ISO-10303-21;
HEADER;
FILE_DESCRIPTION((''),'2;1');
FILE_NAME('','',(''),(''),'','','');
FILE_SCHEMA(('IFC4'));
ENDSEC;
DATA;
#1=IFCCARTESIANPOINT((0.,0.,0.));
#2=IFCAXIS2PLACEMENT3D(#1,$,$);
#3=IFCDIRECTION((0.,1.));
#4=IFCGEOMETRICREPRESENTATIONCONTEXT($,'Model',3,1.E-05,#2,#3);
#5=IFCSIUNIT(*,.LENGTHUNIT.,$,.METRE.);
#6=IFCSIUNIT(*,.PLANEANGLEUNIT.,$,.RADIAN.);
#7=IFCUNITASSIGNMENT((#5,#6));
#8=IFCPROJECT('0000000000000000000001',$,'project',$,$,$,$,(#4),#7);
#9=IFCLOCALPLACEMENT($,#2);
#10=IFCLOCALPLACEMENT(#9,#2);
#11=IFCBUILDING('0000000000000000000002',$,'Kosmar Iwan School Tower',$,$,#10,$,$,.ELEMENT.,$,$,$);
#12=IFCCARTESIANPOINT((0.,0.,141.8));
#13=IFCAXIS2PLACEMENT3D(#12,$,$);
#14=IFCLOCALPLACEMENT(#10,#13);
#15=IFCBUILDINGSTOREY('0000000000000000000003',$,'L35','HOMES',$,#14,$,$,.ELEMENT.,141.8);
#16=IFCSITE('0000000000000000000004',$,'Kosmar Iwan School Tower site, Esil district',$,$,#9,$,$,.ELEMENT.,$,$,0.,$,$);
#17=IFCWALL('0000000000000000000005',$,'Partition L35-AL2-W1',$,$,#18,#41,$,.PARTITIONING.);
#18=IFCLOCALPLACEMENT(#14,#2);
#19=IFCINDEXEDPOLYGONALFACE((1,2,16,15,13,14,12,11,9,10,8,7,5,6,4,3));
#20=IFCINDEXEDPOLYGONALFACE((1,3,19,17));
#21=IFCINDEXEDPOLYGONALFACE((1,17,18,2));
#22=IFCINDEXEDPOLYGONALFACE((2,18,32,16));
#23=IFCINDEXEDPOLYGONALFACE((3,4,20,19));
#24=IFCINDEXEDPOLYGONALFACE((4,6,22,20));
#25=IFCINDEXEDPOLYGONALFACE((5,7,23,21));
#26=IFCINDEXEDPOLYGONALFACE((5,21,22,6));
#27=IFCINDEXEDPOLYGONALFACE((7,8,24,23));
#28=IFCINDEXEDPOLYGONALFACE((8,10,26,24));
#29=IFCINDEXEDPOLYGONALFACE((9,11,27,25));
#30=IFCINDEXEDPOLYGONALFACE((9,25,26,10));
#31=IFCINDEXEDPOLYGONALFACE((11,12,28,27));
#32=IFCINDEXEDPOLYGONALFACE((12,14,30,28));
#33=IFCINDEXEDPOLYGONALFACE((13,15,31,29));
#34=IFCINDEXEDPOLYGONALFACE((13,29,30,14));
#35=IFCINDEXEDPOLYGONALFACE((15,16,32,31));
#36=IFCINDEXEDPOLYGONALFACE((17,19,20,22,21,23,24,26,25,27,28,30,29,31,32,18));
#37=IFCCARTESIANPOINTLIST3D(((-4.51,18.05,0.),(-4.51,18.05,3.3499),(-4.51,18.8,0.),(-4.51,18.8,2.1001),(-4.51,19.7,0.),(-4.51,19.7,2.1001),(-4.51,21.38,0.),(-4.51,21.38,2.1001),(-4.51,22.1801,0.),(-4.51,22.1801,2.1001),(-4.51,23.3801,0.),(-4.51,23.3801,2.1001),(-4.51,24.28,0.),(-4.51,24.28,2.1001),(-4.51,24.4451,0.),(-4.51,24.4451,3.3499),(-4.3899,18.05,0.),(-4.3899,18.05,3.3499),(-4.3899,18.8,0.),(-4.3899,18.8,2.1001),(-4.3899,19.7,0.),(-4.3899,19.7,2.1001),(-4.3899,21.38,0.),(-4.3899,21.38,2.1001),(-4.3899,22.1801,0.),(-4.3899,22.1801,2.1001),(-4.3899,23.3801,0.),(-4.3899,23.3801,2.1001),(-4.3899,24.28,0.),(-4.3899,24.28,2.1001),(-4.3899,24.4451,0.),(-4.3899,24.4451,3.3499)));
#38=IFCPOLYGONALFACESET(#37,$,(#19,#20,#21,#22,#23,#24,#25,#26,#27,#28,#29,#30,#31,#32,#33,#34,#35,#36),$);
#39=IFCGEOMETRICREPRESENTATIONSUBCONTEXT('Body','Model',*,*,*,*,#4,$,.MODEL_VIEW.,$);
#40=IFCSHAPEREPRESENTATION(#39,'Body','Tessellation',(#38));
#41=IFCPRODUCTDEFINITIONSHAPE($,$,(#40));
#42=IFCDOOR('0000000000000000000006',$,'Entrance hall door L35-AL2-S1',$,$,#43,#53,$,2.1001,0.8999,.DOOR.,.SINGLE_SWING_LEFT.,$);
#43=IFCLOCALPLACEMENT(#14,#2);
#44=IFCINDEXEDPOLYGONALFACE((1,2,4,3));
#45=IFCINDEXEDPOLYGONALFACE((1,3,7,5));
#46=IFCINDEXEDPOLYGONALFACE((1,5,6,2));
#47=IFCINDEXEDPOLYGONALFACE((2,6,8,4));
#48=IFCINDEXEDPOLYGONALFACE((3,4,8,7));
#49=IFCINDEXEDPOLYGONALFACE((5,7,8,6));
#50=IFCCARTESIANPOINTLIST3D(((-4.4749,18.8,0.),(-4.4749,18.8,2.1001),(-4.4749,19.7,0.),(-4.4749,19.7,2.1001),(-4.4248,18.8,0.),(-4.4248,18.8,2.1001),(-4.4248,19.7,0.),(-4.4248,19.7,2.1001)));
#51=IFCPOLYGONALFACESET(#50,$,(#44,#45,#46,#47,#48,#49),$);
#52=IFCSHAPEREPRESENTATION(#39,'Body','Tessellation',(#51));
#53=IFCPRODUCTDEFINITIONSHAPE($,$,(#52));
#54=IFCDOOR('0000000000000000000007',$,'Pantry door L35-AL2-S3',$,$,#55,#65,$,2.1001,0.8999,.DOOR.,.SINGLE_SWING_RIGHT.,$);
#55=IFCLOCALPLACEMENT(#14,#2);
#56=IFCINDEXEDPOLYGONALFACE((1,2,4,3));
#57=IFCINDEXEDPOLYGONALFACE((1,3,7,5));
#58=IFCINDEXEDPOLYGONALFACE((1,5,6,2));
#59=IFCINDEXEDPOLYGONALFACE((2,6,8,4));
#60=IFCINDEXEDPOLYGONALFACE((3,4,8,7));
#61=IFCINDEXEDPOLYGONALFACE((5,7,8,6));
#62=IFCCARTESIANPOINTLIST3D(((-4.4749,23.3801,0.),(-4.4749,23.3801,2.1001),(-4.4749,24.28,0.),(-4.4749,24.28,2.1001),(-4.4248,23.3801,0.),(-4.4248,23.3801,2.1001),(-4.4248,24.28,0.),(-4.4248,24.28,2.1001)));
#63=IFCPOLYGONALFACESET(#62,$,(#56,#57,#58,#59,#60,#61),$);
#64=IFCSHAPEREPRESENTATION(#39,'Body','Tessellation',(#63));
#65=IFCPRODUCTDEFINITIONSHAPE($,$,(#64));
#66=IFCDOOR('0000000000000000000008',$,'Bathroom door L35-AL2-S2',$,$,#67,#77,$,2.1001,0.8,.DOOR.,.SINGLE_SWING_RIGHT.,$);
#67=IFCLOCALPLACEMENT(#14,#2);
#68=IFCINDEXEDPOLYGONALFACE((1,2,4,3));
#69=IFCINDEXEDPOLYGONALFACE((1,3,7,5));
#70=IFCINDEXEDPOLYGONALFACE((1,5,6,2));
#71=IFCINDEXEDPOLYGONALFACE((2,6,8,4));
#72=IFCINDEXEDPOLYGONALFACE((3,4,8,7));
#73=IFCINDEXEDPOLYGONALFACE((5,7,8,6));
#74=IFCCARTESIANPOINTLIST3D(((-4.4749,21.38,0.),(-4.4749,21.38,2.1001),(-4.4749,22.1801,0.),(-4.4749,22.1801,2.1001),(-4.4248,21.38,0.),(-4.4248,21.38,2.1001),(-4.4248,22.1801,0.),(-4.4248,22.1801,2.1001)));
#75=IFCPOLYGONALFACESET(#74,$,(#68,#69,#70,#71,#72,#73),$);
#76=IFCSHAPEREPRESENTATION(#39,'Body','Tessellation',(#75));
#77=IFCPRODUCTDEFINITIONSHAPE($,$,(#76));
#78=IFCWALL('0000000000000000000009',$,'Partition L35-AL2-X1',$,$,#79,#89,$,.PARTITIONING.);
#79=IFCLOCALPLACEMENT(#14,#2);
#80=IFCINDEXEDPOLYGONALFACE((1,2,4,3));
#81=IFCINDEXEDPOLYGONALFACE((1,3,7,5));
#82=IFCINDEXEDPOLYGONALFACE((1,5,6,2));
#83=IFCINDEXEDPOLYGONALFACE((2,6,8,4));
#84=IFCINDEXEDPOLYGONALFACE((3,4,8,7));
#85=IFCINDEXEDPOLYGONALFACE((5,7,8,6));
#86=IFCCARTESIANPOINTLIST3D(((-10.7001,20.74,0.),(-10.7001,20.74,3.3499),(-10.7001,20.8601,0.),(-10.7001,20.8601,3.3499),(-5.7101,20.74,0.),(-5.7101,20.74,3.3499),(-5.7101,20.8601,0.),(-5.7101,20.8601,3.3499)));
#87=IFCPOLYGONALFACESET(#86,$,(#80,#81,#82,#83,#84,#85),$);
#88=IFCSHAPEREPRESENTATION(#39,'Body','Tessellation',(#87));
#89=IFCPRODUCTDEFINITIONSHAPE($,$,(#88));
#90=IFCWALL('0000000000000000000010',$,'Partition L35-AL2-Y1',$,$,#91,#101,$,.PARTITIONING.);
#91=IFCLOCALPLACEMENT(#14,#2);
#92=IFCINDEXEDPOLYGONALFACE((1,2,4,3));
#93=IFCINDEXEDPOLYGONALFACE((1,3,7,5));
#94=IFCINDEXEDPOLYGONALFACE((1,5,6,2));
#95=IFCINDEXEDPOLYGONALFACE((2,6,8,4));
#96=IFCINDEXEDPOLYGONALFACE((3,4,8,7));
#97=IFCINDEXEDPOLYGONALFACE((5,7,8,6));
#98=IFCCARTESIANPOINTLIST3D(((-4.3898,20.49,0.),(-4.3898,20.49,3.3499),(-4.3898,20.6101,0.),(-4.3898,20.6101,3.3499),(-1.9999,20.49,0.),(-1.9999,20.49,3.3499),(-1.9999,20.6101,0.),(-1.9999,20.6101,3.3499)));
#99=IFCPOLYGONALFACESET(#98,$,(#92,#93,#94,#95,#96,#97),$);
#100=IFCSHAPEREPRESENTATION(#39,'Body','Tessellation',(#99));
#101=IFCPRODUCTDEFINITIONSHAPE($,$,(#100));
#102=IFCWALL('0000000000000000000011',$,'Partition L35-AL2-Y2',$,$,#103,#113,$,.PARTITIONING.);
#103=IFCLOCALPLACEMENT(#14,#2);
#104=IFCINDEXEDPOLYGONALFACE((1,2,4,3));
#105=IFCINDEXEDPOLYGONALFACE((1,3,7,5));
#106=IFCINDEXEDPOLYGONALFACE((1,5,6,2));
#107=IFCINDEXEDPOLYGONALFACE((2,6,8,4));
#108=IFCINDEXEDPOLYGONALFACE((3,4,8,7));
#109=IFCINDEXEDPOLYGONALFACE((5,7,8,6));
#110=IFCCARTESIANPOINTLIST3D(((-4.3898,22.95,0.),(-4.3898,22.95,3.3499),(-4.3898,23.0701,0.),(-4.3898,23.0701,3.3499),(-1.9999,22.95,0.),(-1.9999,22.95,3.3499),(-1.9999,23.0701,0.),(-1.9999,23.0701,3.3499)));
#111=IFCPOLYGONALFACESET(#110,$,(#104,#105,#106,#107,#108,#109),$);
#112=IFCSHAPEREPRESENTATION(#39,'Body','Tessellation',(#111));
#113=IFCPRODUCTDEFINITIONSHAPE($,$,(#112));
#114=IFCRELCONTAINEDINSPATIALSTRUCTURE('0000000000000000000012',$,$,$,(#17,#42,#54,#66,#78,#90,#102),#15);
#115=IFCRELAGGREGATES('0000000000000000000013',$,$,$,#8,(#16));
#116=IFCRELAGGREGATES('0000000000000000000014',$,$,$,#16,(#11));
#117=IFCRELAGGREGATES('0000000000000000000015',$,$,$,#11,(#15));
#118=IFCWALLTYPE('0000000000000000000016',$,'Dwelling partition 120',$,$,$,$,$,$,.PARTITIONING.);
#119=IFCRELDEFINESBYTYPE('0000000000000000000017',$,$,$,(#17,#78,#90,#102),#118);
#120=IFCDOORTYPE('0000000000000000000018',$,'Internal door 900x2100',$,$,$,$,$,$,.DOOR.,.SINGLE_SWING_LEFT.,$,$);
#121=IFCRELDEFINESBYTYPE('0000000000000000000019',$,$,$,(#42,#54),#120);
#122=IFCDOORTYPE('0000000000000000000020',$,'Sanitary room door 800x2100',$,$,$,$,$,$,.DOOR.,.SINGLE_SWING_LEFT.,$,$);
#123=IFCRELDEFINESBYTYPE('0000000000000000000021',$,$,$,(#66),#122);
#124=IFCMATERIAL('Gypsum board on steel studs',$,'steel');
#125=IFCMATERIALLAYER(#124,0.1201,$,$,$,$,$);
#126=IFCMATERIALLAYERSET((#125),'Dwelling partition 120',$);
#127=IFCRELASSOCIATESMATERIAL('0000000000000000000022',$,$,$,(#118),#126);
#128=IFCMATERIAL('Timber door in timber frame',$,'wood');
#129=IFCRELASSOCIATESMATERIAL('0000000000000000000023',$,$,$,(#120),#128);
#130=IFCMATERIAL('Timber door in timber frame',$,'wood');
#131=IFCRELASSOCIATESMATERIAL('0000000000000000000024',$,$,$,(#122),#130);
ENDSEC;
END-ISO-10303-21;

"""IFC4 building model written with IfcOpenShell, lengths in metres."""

from ifc_helpers import new_model, si_unit, direction, frame, frame_2d, origin, place, context, subcontext, project, spatial, rectangle, extrude, material, layer, layer_set, type_object, element, fill, save


model = new_model("IFC4")

# Units and contexts
model_context = context("Model", 3, precision=1e-05, world=origin(), true_north=direction((0.0, 1.0)))
body_context = subcontext(model_context, "Body", "Model", "MODEL_VIEW")
ifc_project = project(units=[si_unit("LENGTHUNIT", "METRE"), si_unit("PLANEANGLEUNIT", "RADIAN")], contexts=[model_context])

# Site, building, storey
site_placement = place(None, origin())
site = spatial("IfcSite", under=ifc_project, at=site_placement, Name="Kosmar Iwan School Tower site, Esil district", CompositionType="ELEMENT", RefElevation=0.0)
building_placement = place(site_placement, origin())
building = spatial("IfcBuilding", under=site, at=building_placement, Name="Kosmar Iwan School Tower", CompositionType="ELEMENT")
storey_placement = place(building_placement, frame((0.0, 0.0, 141.8)))
storey = spatial("IfcBuildingStorey", under=building, at=storey_placement, Name="L35", Description="HOMES", CompositionType="ELEMENT", Elevation=141.8)

# Wall, openings, doors
ifc_material_1 = material(Name="Gypsum board on steel studs", Category="steel")
ifc_layer_1 = layer(ifc_material_1, 0.1201)
ifc_layer_set_1 = layer_set([ifc_layer_1], Name="Dwelling partition 120")
wall_type = type_object("IfcWallType", Name="Dwelling partition 120", PredefinedType="PARTITIONING", material=ifc_layer_set_1)
wall_1_placement = place(storey_placement, frame((-4.45, 18.05, 0.0), z_axis=(0.0, 0.0, 1.0), x_axis=(0.0, 1.0, 0.0)))
wall_1 = element("IfcWall", 1, at=wall_1_placement, inside=storey, type_object=wall_type, Name="Partition L35-AL2-W1", PredefinedType="PARTITIONING", context=body_context, shape_type="SweptSolid", body=[
    extrude(rectangle(XDim=6.395, YDim=0.1201, at=frame_2d((3.1975, 0.0))), origin(), (0.0, 0.0, 1.0), 3.3499),
])
opening_1_placement = place(wall_1_placement, frame((0.75, 0.0, 0.0)))
opening_1 = element("IfcOpeningElement", 2, at=opening_1_placement, cuts=wall_1, PredefinedType="OPENING", context=body_context, shape_type="SweptSolid", body=[
    extrude(rectangle(XDim=0.8999, YDim=2.1001, at=frame_2d((0.45, 1.05))), frame((0.0, 0.072, 0.0), z_axis=(0.0, -1.0, 0.0), x_axis=(1.0, 0.0, 0.0)), (0.0, 0.0, 1.0), 0.144),
])
opening_2_placement = place(wall_1_placement, frame((3.3301, 0.0, 0.0)))
opening_2 = element("IfcOpeningElement", 3, at=opening_2_placement, cuts=wall_1, PredefinedType="OPENING", context=body_context, shape_type="SweptSolid", body=[
    extrude(rectangle(XDim=0.8, YDim=2.1001, at=frame_2d((0.3999, 1.05))), frame((0.0, 0.072, 0.0), z_axis=(0.0, -1.0, 0.0), x_axis=(1.0, 0.0, 0.0)), (0.0, 0.0, 1.0), 0.144),
])
opening_3_placement = place(wall_1_placement, frame((5.3301, 0.0, 0.0)))
opening_3 = element("IfcOpeningElement", 4, at=opening_3_placement, cuts=wall_1, PredefinedType="OPENING", context=body_context, shape_type="SweptSolid", body=[
    extrude(rectangle(XDim=0.8999, YDim=2.1001, at=frame_2d((0.45, 1.05))), frame((0.0, 0.072, 0.0), z_axis=(0.0, -1.0, 0.0), x_axis=(1.0, 0.0, 0.0)), (0.0, 0.0, 1.0), 0.144),
])
ifc_material_2 = material(Name="Timber door in timber frame", Category="wood")
door_type_1 = type_object("IfcDoorType", Name="Internal door 900x2100", OperationType="SINGLE_SWING_LEFT", PredefinedType="DOOR", material=ifc_material_2)
door_1_placement = place(opening_1_placement, origin())
door_1 = element("IfcDoor", 5, at=door_1_placement, inside=storey, type_object=door_type_1, Name="Entrance hall door L35-AL2-S1", OperationType="SINGLE_SWING_LEFT", OverallHeight=2.1001, OverallWidth=0.8999, PredefinedType="DOOR", context=body_context, shape_type="SweptSolid", body=[
    extrude(rectangle(XDim=0.8999, YDim=2.1001, at=frame_2d((0.45, 1.05))), frame((0.0, 0.0249, 0.0), z_axis=(0.0, -1.0, 0.0), x_axis=(1.0, 0.0, 0.0)), (0.0, 0.0, 1.0), 0.05),
])
fill(opening_1, door_1)
door_2_placement = place(opening_3_placement, origin())
door_2 = element("IfcDoor", 6, at=door_2_placement, inside=storey, type_object=door_type_1, Name="Pantry door L35-AL2-S3", OperationType="SINGLE_SWING_RIGHT", OverallHeight=2.1001, OverallWidth=0.8999, PredefinedType="DOOR", context=body_context, shape_type="SweptSolid", body=[
    extrude(rectangle(XDim=0.8999, YDim=2.1001, at=frame_2d((0.45, 1.05))), frame((0.0, 0.0249, 0.0), z_axis=(0.0, -1.0, 0.0), x_axis=(1.0, 0.0, 0.0)), (0.0, 0.0, 1.0), 0.05),
])
fill(opening_3, door_2)
ifc_material_3 = material(Name="Timber door in timber frame", Category="wood")
door_type_2 = type_object("IfcDoorType", Name="Sanitary room door 800x2100", OperationType="SINGLE_SWING_LEFT", PredefinedType="DOOR", material=ifc_material_3)
door_3_placement = place(opening_2_placement, origin())
door_3 = element("IfcDoor", 7, at=door_3_placement, inside=storey, type_object=door_type_2, Name="Bathroom door L35-AL2-S2", OperationType="SINGLE_SWING_RIGHT", OverallHeight=2.1001, OverallWidth=0.8, PredefinedType="DOOR", context=body_context, shape_type="SweptSolid", body=[
    extrude(rectangle(XDim=0.8, YDim=2.1001, at=frame_2d((0.3999, 1.05))), frame((0.0, 0.0249, 0.0), z_axis=(0.0, -1.0, 0.0), x_axis=(1.0, 0.0, 0.0)), (0.0, 0.0, 1.0), 0.05),
])
fill(opening_2, door_3)

# Walls
wall_2_placement = place(storey_placement, frame((-5.71, 20.8, 0.0), z_axis=(0.0, 0.0, 1.0), x_axis=(-1.0, 0.0, 0.0)))
element("IfcWall", 8, at=wall_2_placement, inside=storey, type_object=wall_type, Name="Partition L35-AL2-X1", PredefinedType="PARTITIONING", context=body_context, shape_type="SweptSolid", body=[
    extrude(rectangle(XDim=4.99, YDim=0.1201, at=frame_2d((2.4951, 0.0))), origin(), (0.0, 0.0, 1.0), 3.3499),
])
for number, where, z_axis, x_axis, name in (
    (9, (-2.0, 20.55, 0.0), (0.0, 0.0, 1.0), (-1.0, 0.0, 0.0), "Partition L35-AL2-Y1"),
    (10, (-2.0, 23.01, 0.0), (0.0, 0.0, 1.0), (-1.0, 0.0, 0.0), "Partition L35-AL2-Y2"),
):
    element("IfcWall", number, at=place(storey_placement, frame(where, z_axis=z_axis, x_axis=x_axis)), inside=storey, type_object=wall_type, Name=name, PredefinedType="PARTITIONING", context=body_context, shape_type="SweptSolid", body=[
        extrude(rectangle(XDim=2.3899, YDim=0.1201, at=frame_2d((1.1948, 0.0))), origin(), (0.0, 0.0, 1.0), 3.3499),
    ])

save(model, "model.ifc")
